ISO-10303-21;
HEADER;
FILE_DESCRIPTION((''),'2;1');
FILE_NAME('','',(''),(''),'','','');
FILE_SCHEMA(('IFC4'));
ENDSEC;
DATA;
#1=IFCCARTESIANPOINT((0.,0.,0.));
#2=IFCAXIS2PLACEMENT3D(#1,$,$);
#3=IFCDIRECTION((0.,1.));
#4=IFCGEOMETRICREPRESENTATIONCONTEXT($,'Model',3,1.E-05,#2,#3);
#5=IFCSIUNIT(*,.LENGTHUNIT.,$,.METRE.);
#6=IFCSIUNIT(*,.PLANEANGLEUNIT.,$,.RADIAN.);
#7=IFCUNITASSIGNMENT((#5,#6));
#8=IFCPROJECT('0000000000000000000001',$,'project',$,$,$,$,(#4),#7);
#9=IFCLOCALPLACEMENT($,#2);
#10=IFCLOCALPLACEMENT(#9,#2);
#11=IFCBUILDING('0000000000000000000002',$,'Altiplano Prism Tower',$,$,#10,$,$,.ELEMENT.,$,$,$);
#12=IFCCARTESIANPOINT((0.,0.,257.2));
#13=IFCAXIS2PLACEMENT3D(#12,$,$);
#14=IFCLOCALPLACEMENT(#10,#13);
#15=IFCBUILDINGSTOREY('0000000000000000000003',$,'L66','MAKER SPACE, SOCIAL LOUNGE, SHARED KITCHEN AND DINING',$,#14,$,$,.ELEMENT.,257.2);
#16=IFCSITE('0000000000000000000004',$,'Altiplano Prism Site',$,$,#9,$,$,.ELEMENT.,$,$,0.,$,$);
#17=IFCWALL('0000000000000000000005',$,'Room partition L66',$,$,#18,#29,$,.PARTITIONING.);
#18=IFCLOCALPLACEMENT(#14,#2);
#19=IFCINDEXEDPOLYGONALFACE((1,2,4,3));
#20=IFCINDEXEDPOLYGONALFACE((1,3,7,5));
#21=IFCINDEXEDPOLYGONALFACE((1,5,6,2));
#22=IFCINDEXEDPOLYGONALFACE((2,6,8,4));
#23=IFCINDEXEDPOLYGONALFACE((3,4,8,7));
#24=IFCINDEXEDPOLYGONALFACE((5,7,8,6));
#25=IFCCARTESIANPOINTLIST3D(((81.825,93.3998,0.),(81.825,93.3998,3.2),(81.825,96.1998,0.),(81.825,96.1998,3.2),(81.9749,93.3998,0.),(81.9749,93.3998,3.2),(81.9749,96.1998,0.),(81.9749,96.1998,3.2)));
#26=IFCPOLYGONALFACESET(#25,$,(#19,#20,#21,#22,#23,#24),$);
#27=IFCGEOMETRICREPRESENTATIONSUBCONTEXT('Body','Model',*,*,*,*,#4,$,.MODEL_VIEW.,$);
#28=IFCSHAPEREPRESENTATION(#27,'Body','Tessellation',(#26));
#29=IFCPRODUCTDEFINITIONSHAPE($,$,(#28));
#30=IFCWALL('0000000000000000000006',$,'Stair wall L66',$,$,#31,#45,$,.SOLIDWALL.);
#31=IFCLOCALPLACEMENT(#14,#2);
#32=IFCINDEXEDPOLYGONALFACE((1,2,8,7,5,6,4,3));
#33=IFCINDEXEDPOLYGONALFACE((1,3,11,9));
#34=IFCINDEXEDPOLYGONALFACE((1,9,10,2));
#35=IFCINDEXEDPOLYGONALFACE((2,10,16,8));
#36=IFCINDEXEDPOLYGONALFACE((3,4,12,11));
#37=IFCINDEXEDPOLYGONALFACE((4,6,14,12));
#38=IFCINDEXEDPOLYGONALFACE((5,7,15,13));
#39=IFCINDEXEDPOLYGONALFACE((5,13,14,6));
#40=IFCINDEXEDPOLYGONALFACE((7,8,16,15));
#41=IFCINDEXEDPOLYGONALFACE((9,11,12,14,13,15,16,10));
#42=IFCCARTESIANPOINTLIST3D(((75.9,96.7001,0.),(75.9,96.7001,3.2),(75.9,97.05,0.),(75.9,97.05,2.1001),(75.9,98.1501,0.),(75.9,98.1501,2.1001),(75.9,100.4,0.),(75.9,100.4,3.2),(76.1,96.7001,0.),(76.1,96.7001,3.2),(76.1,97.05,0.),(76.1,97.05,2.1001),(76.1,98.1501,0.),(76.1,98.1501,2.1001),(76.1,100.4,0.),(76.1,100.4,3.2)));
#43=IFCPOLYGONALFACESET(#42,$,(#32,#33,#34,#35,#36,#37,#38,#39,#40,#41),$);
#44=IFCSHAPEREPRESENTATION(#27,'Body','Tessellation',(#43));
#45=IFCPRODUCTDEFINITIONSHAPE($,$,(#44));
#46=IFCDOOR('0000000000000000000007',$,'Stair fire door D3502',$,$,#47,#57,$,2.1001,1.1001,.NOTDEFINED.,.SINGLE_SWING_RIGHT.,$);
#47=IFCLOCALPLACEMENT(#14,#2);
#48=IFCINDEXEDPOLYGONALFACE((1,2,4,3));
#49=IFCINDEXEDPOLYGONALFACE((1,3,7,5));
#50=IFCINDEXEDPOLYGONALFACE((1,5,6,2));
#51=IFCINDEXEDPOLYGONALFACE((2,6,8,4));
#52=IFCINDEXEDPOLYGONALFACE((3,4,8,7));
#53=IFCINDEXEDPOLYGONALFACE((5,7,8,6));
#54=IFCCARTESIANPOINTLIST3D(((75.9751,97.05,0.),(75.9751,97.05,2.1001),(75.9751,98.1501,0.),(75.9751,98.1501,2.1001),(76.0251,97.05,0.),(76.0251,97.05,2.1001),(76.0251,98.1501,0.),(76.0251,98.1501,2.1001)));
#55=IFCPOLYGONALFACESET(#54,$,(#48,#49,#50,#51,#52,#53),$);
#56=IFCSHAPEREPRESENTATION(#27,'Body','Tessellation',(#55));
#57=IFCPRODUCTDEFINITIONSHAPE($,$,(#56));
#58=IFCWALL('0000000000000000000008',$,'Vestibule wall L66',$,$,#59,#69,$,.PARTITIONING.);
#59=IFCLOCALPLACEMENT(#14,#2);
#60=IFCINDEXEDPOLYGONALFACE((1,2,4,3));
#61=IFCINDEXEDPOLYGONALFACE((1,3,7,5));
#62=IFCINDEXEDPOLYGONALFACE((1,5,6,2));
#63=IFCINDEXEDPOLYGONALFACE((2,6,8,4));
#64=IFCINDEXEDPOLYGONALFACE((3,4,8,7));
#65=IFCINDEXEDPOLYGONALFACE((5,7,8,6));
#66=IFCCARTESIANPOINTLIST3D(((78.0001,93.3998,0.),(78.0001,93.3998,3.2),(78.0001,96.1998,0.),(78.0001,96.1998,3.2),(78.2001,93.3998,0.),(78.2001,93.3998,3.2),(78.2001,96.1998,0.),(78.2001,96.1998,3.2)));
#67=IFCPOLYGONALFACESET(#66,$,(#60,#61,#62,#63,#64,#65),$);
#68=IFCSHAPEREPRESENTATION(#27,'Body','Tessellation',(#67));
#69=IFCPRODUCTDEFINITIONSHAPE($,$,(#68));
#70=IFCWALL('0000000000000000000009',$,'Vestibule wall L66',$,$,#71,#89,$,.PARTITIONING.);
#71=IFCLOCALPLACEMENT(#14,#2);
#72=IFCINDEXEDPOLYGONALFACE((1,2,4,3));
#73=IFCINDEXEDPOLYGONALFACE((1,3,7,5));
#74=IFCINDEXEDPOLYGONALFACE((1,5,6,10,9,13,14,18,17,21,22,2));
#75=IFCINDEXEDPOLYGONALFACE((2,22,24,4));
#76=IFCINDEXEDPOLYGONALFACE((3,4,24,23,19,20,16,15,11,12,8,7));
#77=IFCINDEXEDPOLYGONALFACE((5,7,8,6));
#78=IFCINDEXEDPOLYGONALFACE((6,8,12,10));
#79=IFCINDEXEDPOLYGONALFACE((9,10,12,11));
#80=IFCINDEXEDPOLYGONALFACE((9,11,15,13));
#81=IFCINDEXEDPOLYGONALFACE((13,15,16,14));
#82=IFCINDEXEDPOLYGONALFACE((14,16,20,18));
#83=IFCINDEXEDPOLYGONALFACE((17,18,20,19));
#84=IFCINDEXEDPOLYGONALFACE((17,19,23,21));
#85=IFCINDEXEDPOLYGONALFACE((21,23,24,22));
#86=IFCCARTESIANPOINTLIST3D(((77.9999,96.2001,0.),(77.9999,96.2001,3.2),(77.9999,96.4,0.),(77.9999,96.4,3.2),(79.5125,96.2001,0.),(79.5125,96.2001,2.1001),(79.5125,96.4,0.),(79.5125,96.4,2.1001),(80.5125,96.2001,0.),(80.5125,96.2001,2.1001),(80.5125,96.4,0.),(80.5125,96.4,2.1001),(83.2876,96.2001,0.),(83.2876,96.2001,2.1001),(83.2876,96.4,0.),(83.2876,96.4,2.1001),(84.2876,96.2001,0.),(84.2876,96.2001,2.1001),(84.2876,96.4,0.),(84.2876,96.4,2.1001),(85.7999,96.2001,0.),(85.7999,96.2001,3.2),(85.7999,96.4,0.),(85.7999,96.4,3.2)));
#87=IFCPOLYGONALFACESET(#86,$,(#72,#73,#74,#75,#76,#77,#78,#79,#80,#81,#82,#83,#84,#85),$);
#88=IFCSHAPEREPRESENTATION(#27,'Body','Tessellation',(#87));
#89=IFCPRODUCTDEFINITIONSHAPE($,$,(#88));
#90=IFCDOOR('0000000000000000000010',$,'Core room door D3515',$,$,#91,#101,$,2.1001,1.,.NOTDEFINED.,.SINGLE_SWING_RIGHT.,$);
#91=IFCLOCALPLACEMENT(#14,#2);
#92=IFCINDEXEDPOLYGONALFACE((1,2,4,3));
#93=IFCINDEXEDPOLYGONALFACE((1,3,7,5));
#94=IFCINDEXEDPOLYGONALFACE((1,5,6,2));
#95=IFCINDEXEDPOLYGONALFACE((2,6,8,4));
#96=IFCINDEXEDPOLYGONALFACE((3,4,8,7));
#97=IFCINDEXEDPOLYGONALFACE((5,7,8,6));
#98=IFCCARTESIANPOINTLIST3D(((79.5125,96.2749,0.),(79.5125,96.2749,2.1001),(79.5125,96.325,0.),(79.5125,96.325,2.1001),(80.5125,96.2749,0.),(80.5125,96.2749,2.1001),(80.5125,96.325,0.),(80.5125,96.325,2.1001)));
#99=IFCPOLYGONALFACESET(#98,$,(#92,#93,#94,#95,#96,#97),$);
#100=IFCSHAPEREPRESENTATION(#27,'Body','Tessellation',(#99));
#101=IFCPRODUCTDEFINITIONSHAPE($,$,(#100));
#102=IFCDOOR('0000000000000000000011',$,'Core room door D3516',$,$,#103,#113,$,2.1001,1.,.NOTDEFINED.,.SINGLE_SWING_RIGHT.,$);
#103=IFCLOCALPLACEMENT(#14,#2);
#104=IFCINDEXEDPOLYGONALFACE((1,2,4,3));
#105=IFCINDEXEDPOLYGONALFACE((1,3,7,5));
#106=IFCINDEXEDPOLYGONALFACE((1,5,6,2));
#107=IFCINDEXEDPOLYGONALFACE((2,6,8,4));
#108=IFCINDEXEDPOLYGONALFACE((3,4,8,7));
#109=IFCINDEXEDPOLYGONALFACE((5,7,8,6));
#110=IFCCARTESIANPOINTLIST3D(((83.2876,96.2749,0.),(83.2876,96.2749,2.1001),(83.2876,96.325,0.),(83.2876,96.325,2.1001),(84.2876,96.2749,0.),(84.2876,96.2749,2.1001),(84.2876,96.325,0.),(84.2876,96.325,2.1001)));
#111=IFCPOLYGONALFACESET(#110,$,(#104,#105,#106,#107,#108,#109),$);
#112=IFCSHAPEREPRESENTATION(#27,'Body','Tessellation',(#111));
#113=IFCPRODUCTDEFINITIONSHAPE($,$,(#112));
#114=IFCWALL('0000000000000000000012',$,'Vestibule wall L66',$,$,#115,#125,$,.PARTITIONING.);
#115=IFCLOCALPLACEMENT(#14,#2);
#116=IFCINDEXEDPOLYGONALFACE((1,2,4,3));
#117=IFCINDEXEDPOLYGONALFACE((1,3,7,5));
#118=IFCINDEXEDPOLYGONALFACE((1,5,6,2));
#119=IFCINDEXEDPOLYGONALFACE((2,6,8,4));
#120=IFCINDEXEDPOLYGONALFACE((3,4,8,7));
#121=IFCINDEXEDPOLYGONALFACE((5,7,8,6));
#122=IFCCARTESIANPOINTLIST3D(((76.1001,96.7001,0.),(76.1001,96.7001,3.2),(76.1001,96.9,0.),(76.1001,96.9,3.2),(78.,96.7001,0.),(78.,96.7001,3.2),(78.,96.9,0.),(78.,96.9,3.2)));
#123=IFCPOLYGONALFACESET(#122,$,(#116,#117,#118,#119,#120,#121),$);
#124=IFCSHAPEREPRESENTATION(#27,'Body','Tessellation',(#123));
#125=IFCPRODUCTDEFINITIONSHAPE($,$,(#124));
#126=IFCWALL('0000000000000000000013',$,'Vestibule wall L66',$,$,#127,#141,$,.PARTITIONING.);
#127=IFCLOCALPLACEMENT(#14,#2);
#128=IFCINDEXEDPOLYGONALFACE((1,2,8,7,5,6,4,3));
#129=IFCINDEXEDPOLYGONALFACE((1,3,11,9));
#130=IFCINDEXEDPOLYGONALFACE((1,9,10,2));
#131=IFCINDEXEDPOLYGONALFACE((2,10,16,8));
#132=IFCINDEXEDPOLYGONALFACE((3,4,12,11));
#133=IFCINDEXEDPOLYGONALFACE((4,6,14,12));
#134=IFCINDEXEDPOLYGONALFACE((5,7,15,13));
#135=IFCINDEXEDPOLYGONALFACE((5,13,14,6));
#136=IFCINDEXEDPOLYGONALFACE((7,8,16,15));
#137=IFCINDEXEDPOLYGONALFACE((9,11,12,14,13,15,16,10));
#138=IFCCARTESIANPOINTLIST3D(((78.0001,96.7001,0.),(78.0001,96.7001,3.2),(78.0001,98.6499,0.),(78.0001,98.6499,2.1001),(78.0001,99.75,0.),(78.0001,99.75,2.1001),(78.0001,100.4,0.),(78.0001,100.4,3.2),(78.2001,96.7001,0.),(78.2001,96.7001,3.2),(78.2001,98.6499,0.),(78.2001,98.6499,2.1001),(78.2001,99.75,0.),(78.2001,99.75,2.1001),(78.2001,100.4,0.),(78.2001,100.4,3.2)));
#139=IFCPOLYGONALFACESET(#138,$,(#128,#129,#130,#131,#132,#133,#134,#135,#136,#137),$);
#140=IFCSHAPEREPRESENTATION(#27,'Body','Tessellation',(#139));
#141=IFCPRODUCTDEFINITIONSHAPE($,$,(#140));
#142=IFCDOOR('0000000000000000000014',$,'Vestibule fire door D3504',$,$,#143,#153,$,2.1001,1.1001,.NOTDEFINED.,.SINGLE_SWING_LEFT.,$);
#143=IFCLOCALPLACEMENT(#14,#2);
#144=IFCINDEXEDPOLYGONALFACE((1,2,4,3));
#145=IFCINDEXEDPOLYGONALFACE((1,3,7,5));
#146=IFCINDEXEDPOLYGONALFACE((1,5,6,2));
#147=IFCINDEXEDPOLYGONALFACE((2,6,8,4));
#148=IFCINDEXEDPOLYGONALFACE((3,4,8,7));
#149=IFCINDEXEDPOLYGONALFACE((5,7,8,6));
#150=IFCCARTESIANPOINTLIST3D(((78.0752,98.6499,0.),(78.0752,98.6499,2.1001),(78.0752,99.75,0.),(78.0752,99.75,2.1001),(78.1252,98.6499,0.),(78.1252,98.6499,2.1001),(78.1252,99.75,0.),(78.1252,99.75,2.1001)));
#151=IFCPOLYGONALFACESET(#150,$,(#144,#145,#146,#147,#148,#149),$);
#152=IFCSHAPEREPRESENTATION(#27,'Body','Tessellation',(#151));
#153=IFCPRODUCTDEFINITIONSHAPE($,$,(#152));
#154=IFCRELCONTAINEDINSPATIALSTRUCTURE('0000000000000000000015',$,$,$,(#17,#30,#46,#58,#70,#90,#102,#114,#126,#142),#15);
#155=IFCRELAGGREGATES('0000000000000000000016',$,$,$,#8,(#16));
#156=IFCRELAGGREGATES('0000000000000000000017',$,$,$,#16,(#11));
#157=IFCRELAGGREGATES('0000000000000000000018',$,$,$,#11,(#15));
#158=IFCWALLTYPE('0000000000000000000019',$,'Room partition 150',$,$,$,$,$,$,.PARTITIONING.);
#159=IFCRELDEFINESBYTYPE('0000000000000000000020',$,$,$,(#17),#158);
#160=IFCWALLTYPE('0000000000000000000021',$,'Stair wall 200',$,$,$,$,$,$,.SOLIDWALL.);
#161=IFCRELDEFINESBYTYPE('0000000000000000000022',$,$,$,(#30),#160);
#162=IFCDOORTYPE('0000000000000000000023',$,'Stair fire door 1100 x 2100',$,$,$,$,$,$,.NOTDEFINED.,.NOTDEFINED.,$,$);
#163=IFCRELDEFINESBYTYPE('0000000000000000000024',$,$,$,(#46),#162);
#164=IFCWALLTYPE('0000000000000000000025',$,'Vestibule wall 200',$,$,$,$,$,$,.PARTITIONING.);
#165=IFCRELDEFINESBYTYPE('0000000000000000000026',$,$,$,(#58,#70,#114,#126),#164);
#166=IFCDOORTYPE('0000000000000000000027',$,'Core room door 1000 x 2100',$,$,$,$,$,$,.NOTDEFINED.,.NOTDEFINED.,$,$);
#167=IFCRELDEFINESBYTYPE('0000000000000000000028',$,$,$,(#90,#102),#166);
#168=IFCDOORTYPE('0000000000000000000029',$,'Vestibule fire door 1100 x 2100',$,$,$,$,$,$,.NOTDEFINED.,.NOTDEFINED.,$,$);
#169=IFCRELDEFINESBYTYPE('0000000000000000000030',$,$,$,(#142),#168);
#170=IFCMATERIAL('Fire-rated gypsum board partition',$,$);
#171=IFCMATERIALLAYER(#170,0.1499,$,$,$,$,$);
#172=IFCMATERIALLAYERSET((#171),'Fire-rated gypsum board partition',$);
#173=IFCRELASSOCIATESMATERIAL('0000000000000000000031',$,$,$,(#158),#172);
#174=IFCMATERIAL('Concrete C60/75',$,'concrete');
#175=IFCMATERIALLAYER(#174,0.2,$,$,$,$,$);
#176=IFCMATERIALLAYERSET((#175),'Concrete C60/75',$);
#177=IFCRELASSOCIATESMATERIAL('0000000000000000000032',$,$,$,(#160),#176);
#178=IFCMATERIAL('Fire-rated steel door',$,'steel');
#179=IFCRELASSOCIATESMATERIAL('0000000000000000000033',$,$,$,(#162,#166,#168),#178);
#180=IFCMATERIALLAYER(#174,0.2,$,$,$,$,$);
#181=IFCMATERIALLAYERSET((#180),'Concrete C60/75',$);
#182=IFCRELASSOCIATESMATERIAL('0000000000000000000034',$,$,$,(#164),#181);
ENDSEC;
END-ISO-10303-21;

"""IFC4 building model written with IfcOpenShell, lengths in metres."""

from ifc_helpers import new_model, si_unit, direction, frame, frame_2d, origin, place, context, subcontext, project, spatial, rectangle, extrude, material, layer, layer_set, type_object, element, fill, save


model = new_model("IFC4")

# Units and contexts
model_context = context("Model", 3, precision=1e-05, world=origin(), true_north=direction((0.0, 1.0)))
body_context = subcontext(model_context, "Body", "Model", "MODEL_VIEW")
ifc_project = project(units=[si_unit("LENGTHUNIT", "METRE"), si_unit("PLANEANGLEUNIT", "RADIAN")], contexts=[model_context])

# Site, building, storey
site_placement = place(None, origin())
site = spatial("IfcSite", under=ifc_project, at=site_placement, Name="Altiplano Prism Site", CompositionType="ELEMENT", RefElevation=0.0)
building_placement = place(site_placement, origin())
building = spatial("IfcBuilding", under=site, at=building_placement, Name="Altiplano Prism Tower", CompositionType="ELEMENT")
storey_placement = place(building_placement, frame((0.0, 0.0, 257.2)))
storey = spatial("IfcBuildingStorey", under=building, at=storey_placement, Name="L66", Description="MAKER SPACE, SOCIAL LOUNGE, SHARED KITCHEN AND DINING", CompositionType="ELEMENT", Elevation=257.2)

# Wall
ifc_material_1 = material(Name="Fire-rated gypsum board partition")
ifc_layer_1 = layer(ifc_material_1, 0.1499)
ifc_layer_set_1 = layer_set([ifc_layer_1], Name="Fire-rated gypsum board partition")
wall_type_1 = type_object("IfcWallType", Name="Room partition 150", PredefinedType="PARTITIONING", material=ifc_layer_set_1)
wall_1_placement = place(storey_placement, frame((81.8999, 93.3999, 0.0), z_axis=(0.0, 0.0, 1.0), x_axis=(0.0, 1.0, 0.0)))
element("IfcWall", 1, at=wall_1_placement, inside=storey, type_object=wall_type_1, Name="Room partition L66", PredefinedType="PARTITIONING", context=body_context, shape_type="SweptSolid", body=[
    extrude(rectangle(XDim=2.8, YDim=0.1499, at=frame_2d((1.3999, 0.0))), origin(), (0.0, 0.0, 1.0), 3.2),
])

# Wall, opening, door
ifc_material_2 = material(Name="Concrete C60/75", Category="concrete")
ifc_layer_2 = layer(ifc_material_2, 0.2)
ifc_layer_set_2 = layer_set([ifc_layer_2], Name="Concrete C60/75")
wall_type_2 = type_object("IfcWallType", Name="Stair wall 200", PredefinedType="SOLIDWALL", material=ifc_layer_set_2)
wall_2_placement = place(storey_placement, frame((76.0, 96.7, 0.0), z_axis=(0.0, 0.0, 1.0), x_axis=(0.0, 1.0, 0.0)))
wall_2 = element("IfcWall", 2, at=wall_2_placement, inside=storey, type_object=wall_type_2, Name="Stair wall L66", PredefinedType="SOLIDWALL", context=body_context, shape_type="SweptSolid", body=[
    extrude(rectangle(XDim=3.7, YDim=0.2, at=frame_2d((1.8501, 0.0))), origin(), (0.0, 0.0, 1.0), 3.2),
])
opening_1_placement = place(wall_2_placement, frame((0.3501, 0.0, 0.0)))
opening_1 = element("IfcOpeningElement", 3, at=opening_1_placement, cuts=wall_2, PredefinedType="OPENING", context=body_context, shape_type="SweptSolid", body=[
    extrude(rectangle(XDim=1.1001, YDim=2.1001, at=frame_2d((0.55, 1.05))), frame((0.0, 0.1104, 0.0), z_axis=(0.0, -1.0, 0.0), x_axis=(1.0, 0.0, 0.0)), (0.0, 0.0, 1.0), 0.2209),
])
ifc_material_3 = material(Name="Fire-rated steel door", Category="steel")
door_type_1 = type_object("IfcDoorType", Name="Stair fire door 1100 x 2100", OperationType="NOTDEFINED", PredefinedType="NOTDEFINED", material=ifc_material_3)
door_1_placement = place(opening_1_placement, origin())
door_1 = element("IfcDoor", 4, at=door_1_placement, inside=storey, type_object=door_type_1, Name="Stair fire door D3502", OperationType="SINGLE_SWING_RIGHT", OverallHeight=2.1001, OverallWidth=1.1001, PredefinedType="NOTDEFINED", context=body_context, shape_type="SweptSolid", body=[
    extrude(rectangle(XDim=1.1001, YDim=2.1001, at=frame_2d((0.55, 1.05))), frame((0.0, 0.0249, 0.0), z_axis=(0.0, -1.0, 0.0), x_axis=(1.0, 0.0, 0.0)), (0.0, 0.0, 1.0), 0.05),
])
fill(opening_1, door_1)

# Wall
ifc_layer_3 = layer(ifc_material_2, 0.2)
ifc_layer_set_3 = layer_set([ifc_layer_3], Name="Concrete C60/75")
wall_type_3 = type_object("IfcWallType", Name="Vestibule wall 200", PredefinedType="PARTITIONING", material=ifc_layer_set_3)
wall_3_placement = place(storey_placement, frame((78.1001, 93.3999, 0.0), z_axis=(0.0, 0.0, 1.0), x_axis=(0.0, 1.0, 0.0)))
element("IfcWall", 5, at=wall_3_placement, inside=storey, type_object=wall_type_3, Name="Vestibule wall L66", PredefinedType="PARTITIONING", context=body_context, shape_type="SweptSolid", body=[
    extrude(rectangle(XDim=2.8, YDim=0.2, at=frame_2d((1.3999, 0.0))), origin(), (0.0, 0.0, 1.0), 3.2),
])

# Wall, openings, doors
wall_4_placement = place(storey_placement, frame((78.0, 96.3, 0.0), z_axis=(0.0, 0.0, 1.0), x_axis=(1.0, 0.0, 0.0)))
wall_4 = element("IfcWall", 6, at=wall_4_placement, inside=storey, type_object=wall_type_3, Name="Vestibule wall L66", PredefinedType="PARTITIONING", context=body_context, shape_type="SweptSolid", body=[
    extrude(rectangle(XDim=7.8, YDim=0.2, at=frame_2d((3.8999, 0.0))), origin(), (0.0, 0.0, 1.0), 3.2),
])
opening_2_placement = place(wall_4_placement, frame((1.5125, 0.0, 0.0)))
opening_2 = element("IfcOpeningElement", 7, at=opening_2_placement, cuts=wall_4, PredefinedType="OPENING", context=body_context, shape_type="SweptSolid", body=[
    extrude(rectangle(XDim=1.0, YDim=2.1001, at=frame_2d((0.5, 1.05))), frame((0.0, 0.1104, 0.0), z_axis=(0.0, -1.0, 0.0), x_axis=(1.0, 0.0, 0.0)), (0.0, 0.0, 1.0), 0.2209),
])
opening_3_placement = place(wall_4_placement, frame((5.2876, 0.0, 0.0)))
opening_3 = element("IfcOpeningElement", 8, at=opening_3_placement, cuts=wall_4, PredefinedType="OPENING", context=body_context, shape_type="SweptSolid", body=[
    extrude(rectangle(XDim=1.0, YDim=2.1001, at=frame_2d((0.5, 1.05))), frame((0.0, 0.1104, 0.0), z_axis=(0.0, -1.0, 0.0), x_axis=(1.0, 0.0, 0.0)), (0.0, 0.0, 1.0), 0.2209),
])
door_type_2 = type_object("IfcDoorType", Name="Core room door 1000 x 2100", OperationType="NOTDEFINED", PredefinedType="NOTDEFINED", material=ifc_material_3)
door_2_placement = place(opening_2_placement, origin())
door_2 = element("IfcDoor", 9, at=door_2_placement, inside=storey, type_object=door_type_2, Name="Core room door D3515", OperationType="SINGLE_SWING_RIGHT", OverallHeight=2.1001, OverallWidth=1.0, PredefinedType="NOTDEFINED", context=body_context, shape_type="SweptSolid", body=[
    extrude(rectangle(XDim=1.0, YDim=2.1001, at=frame_2d((0.5, 1.05))), frame((0.0, 0.0249, 0.0), z_axis=(0.0, -1.0, 0.0), x_axis=(1.0, 0.0, 0.0)), (0.0, 0.0, 1.0), 0.05),
])
fill(opening_2, door_2)
door_3_placement = place(opening_3_placement, origin())
door_3 = element("IfcDoor", 10, at=door_3_placement, inside=storey, type_object=door_type_2, Name="Core room door D3516", OperationType="SINGLE_SWING_RIGHT", OverallHeight=2.1001, OverallWidth=1.0, PredefinedType="NOTDEFINED", context=body_context, shape_type="SweptSolid", body=[
    extrude(rectangle(XDim=1.0, YDim=2.1001, at=frame_2d((0.5, 1.05))), frame((0.0, 0.0249, 0.0), z_axis=(0.0, -1.0, 0.0), x_axis=(1.0, 0.0, 0.0)), (0.0, 0.0, 1.0), 0.05),
])
fill(opening_3, door_3)

# Wall
wall_5_placement = place(storey_placement, frame((76.1001, 96.8, 0.0), z_axis=(0.0, 0.0, 1.0), x_axis=(1.0, 0.0, 0.0)))
element("IfcWall", 11, at=wall_5_placement, inside=storey, type_object=wall_type_3, Name="Vestibule wall L66", PredefinedType="PARTITIONING", context=body_context, shape_type="SweptSolid", body=[
    extrude(rectangle(XDim=1.8999, YDim=0.2, at=frame_2d((0.95, 0.0))), origin(), (0.0, 0.0, 1.0), 3.2),
])

# Wall, opening, door
wall_6_placement = place(storey_placement, frame((78.1001, 96.7, 0.0), z_axis=(0.0, 0.0, 1.0), x_axis=(0.0, 1.0, 0.0)))
wall_6 = element("IfcWall", 12, at=wall_6_placement, inside=storey, type_object=wall_type_3, Name="Vestibule wall L66", PredefinedType="PARTITIONING", context=body_context, shape_type="SweptSolid", body=[
    extrude(rectangle(XDim=3.7, YDim=0.2, at=frame_2d((1.8501, 0.0))), origin(), (0.0, 0.0, 1.0), 3.2),
])
opening_4_placement = place(wall_6_placement, frame((1.95, 0.0, 0.0)))
opening_4 = element("IfcOpeningElement", 13, at=opening_4_placement, cuts=wall_6, PredefinedType="OPENING", context=body_context, shape_type="SweptSolid", body=[
    extrude(rectangle(XDim=1.1001, YDim=2.1001, at=frame_2d((0.55, 1.05))), frame((0.0, 0.1104, 0.0), z_axis=(0.0, -1.0, 0.0), x_axis=(1.0, 0.0, 0.0)), (0.0, 0.0, 1.0), 0.2209),
])
door_type_3 = type_object("IfcDoorType", Name="Vestibule fire door 1100 x 2100", OperationType="NOTDEFINED", PredefinedType="NOTDEFINED", material=ifc_material_3)
door_4_placement = place(opening_4_placement, origin())
door_4 = element("IfcDoor", 14, at=door_4_placement, inside=storey, type_object=door_type_3, Name="Vestibule fire door D3504", OperationType="SINGLE_SWING_LEFT", OverallHeight=2.1001, OverallWidth=1.1001, PredefinedType="NOTDEFINED", context=body_context, shape_type="SweptSolid", body=[
    extrude(rectangle(XDim=1.1001, YDim=2.1001, at=frame_2d((0.55, 1.05))), frame((0.0, 0.0249, 0.0), z_axis=(0.0, -1.0, 0.0), x_axis=(1.0, 0.0, 0.0)), (0.0, 0.0, 1.0), 0.05),
])
fill(opening_4, door_4)

save(model, "model.ifc")
